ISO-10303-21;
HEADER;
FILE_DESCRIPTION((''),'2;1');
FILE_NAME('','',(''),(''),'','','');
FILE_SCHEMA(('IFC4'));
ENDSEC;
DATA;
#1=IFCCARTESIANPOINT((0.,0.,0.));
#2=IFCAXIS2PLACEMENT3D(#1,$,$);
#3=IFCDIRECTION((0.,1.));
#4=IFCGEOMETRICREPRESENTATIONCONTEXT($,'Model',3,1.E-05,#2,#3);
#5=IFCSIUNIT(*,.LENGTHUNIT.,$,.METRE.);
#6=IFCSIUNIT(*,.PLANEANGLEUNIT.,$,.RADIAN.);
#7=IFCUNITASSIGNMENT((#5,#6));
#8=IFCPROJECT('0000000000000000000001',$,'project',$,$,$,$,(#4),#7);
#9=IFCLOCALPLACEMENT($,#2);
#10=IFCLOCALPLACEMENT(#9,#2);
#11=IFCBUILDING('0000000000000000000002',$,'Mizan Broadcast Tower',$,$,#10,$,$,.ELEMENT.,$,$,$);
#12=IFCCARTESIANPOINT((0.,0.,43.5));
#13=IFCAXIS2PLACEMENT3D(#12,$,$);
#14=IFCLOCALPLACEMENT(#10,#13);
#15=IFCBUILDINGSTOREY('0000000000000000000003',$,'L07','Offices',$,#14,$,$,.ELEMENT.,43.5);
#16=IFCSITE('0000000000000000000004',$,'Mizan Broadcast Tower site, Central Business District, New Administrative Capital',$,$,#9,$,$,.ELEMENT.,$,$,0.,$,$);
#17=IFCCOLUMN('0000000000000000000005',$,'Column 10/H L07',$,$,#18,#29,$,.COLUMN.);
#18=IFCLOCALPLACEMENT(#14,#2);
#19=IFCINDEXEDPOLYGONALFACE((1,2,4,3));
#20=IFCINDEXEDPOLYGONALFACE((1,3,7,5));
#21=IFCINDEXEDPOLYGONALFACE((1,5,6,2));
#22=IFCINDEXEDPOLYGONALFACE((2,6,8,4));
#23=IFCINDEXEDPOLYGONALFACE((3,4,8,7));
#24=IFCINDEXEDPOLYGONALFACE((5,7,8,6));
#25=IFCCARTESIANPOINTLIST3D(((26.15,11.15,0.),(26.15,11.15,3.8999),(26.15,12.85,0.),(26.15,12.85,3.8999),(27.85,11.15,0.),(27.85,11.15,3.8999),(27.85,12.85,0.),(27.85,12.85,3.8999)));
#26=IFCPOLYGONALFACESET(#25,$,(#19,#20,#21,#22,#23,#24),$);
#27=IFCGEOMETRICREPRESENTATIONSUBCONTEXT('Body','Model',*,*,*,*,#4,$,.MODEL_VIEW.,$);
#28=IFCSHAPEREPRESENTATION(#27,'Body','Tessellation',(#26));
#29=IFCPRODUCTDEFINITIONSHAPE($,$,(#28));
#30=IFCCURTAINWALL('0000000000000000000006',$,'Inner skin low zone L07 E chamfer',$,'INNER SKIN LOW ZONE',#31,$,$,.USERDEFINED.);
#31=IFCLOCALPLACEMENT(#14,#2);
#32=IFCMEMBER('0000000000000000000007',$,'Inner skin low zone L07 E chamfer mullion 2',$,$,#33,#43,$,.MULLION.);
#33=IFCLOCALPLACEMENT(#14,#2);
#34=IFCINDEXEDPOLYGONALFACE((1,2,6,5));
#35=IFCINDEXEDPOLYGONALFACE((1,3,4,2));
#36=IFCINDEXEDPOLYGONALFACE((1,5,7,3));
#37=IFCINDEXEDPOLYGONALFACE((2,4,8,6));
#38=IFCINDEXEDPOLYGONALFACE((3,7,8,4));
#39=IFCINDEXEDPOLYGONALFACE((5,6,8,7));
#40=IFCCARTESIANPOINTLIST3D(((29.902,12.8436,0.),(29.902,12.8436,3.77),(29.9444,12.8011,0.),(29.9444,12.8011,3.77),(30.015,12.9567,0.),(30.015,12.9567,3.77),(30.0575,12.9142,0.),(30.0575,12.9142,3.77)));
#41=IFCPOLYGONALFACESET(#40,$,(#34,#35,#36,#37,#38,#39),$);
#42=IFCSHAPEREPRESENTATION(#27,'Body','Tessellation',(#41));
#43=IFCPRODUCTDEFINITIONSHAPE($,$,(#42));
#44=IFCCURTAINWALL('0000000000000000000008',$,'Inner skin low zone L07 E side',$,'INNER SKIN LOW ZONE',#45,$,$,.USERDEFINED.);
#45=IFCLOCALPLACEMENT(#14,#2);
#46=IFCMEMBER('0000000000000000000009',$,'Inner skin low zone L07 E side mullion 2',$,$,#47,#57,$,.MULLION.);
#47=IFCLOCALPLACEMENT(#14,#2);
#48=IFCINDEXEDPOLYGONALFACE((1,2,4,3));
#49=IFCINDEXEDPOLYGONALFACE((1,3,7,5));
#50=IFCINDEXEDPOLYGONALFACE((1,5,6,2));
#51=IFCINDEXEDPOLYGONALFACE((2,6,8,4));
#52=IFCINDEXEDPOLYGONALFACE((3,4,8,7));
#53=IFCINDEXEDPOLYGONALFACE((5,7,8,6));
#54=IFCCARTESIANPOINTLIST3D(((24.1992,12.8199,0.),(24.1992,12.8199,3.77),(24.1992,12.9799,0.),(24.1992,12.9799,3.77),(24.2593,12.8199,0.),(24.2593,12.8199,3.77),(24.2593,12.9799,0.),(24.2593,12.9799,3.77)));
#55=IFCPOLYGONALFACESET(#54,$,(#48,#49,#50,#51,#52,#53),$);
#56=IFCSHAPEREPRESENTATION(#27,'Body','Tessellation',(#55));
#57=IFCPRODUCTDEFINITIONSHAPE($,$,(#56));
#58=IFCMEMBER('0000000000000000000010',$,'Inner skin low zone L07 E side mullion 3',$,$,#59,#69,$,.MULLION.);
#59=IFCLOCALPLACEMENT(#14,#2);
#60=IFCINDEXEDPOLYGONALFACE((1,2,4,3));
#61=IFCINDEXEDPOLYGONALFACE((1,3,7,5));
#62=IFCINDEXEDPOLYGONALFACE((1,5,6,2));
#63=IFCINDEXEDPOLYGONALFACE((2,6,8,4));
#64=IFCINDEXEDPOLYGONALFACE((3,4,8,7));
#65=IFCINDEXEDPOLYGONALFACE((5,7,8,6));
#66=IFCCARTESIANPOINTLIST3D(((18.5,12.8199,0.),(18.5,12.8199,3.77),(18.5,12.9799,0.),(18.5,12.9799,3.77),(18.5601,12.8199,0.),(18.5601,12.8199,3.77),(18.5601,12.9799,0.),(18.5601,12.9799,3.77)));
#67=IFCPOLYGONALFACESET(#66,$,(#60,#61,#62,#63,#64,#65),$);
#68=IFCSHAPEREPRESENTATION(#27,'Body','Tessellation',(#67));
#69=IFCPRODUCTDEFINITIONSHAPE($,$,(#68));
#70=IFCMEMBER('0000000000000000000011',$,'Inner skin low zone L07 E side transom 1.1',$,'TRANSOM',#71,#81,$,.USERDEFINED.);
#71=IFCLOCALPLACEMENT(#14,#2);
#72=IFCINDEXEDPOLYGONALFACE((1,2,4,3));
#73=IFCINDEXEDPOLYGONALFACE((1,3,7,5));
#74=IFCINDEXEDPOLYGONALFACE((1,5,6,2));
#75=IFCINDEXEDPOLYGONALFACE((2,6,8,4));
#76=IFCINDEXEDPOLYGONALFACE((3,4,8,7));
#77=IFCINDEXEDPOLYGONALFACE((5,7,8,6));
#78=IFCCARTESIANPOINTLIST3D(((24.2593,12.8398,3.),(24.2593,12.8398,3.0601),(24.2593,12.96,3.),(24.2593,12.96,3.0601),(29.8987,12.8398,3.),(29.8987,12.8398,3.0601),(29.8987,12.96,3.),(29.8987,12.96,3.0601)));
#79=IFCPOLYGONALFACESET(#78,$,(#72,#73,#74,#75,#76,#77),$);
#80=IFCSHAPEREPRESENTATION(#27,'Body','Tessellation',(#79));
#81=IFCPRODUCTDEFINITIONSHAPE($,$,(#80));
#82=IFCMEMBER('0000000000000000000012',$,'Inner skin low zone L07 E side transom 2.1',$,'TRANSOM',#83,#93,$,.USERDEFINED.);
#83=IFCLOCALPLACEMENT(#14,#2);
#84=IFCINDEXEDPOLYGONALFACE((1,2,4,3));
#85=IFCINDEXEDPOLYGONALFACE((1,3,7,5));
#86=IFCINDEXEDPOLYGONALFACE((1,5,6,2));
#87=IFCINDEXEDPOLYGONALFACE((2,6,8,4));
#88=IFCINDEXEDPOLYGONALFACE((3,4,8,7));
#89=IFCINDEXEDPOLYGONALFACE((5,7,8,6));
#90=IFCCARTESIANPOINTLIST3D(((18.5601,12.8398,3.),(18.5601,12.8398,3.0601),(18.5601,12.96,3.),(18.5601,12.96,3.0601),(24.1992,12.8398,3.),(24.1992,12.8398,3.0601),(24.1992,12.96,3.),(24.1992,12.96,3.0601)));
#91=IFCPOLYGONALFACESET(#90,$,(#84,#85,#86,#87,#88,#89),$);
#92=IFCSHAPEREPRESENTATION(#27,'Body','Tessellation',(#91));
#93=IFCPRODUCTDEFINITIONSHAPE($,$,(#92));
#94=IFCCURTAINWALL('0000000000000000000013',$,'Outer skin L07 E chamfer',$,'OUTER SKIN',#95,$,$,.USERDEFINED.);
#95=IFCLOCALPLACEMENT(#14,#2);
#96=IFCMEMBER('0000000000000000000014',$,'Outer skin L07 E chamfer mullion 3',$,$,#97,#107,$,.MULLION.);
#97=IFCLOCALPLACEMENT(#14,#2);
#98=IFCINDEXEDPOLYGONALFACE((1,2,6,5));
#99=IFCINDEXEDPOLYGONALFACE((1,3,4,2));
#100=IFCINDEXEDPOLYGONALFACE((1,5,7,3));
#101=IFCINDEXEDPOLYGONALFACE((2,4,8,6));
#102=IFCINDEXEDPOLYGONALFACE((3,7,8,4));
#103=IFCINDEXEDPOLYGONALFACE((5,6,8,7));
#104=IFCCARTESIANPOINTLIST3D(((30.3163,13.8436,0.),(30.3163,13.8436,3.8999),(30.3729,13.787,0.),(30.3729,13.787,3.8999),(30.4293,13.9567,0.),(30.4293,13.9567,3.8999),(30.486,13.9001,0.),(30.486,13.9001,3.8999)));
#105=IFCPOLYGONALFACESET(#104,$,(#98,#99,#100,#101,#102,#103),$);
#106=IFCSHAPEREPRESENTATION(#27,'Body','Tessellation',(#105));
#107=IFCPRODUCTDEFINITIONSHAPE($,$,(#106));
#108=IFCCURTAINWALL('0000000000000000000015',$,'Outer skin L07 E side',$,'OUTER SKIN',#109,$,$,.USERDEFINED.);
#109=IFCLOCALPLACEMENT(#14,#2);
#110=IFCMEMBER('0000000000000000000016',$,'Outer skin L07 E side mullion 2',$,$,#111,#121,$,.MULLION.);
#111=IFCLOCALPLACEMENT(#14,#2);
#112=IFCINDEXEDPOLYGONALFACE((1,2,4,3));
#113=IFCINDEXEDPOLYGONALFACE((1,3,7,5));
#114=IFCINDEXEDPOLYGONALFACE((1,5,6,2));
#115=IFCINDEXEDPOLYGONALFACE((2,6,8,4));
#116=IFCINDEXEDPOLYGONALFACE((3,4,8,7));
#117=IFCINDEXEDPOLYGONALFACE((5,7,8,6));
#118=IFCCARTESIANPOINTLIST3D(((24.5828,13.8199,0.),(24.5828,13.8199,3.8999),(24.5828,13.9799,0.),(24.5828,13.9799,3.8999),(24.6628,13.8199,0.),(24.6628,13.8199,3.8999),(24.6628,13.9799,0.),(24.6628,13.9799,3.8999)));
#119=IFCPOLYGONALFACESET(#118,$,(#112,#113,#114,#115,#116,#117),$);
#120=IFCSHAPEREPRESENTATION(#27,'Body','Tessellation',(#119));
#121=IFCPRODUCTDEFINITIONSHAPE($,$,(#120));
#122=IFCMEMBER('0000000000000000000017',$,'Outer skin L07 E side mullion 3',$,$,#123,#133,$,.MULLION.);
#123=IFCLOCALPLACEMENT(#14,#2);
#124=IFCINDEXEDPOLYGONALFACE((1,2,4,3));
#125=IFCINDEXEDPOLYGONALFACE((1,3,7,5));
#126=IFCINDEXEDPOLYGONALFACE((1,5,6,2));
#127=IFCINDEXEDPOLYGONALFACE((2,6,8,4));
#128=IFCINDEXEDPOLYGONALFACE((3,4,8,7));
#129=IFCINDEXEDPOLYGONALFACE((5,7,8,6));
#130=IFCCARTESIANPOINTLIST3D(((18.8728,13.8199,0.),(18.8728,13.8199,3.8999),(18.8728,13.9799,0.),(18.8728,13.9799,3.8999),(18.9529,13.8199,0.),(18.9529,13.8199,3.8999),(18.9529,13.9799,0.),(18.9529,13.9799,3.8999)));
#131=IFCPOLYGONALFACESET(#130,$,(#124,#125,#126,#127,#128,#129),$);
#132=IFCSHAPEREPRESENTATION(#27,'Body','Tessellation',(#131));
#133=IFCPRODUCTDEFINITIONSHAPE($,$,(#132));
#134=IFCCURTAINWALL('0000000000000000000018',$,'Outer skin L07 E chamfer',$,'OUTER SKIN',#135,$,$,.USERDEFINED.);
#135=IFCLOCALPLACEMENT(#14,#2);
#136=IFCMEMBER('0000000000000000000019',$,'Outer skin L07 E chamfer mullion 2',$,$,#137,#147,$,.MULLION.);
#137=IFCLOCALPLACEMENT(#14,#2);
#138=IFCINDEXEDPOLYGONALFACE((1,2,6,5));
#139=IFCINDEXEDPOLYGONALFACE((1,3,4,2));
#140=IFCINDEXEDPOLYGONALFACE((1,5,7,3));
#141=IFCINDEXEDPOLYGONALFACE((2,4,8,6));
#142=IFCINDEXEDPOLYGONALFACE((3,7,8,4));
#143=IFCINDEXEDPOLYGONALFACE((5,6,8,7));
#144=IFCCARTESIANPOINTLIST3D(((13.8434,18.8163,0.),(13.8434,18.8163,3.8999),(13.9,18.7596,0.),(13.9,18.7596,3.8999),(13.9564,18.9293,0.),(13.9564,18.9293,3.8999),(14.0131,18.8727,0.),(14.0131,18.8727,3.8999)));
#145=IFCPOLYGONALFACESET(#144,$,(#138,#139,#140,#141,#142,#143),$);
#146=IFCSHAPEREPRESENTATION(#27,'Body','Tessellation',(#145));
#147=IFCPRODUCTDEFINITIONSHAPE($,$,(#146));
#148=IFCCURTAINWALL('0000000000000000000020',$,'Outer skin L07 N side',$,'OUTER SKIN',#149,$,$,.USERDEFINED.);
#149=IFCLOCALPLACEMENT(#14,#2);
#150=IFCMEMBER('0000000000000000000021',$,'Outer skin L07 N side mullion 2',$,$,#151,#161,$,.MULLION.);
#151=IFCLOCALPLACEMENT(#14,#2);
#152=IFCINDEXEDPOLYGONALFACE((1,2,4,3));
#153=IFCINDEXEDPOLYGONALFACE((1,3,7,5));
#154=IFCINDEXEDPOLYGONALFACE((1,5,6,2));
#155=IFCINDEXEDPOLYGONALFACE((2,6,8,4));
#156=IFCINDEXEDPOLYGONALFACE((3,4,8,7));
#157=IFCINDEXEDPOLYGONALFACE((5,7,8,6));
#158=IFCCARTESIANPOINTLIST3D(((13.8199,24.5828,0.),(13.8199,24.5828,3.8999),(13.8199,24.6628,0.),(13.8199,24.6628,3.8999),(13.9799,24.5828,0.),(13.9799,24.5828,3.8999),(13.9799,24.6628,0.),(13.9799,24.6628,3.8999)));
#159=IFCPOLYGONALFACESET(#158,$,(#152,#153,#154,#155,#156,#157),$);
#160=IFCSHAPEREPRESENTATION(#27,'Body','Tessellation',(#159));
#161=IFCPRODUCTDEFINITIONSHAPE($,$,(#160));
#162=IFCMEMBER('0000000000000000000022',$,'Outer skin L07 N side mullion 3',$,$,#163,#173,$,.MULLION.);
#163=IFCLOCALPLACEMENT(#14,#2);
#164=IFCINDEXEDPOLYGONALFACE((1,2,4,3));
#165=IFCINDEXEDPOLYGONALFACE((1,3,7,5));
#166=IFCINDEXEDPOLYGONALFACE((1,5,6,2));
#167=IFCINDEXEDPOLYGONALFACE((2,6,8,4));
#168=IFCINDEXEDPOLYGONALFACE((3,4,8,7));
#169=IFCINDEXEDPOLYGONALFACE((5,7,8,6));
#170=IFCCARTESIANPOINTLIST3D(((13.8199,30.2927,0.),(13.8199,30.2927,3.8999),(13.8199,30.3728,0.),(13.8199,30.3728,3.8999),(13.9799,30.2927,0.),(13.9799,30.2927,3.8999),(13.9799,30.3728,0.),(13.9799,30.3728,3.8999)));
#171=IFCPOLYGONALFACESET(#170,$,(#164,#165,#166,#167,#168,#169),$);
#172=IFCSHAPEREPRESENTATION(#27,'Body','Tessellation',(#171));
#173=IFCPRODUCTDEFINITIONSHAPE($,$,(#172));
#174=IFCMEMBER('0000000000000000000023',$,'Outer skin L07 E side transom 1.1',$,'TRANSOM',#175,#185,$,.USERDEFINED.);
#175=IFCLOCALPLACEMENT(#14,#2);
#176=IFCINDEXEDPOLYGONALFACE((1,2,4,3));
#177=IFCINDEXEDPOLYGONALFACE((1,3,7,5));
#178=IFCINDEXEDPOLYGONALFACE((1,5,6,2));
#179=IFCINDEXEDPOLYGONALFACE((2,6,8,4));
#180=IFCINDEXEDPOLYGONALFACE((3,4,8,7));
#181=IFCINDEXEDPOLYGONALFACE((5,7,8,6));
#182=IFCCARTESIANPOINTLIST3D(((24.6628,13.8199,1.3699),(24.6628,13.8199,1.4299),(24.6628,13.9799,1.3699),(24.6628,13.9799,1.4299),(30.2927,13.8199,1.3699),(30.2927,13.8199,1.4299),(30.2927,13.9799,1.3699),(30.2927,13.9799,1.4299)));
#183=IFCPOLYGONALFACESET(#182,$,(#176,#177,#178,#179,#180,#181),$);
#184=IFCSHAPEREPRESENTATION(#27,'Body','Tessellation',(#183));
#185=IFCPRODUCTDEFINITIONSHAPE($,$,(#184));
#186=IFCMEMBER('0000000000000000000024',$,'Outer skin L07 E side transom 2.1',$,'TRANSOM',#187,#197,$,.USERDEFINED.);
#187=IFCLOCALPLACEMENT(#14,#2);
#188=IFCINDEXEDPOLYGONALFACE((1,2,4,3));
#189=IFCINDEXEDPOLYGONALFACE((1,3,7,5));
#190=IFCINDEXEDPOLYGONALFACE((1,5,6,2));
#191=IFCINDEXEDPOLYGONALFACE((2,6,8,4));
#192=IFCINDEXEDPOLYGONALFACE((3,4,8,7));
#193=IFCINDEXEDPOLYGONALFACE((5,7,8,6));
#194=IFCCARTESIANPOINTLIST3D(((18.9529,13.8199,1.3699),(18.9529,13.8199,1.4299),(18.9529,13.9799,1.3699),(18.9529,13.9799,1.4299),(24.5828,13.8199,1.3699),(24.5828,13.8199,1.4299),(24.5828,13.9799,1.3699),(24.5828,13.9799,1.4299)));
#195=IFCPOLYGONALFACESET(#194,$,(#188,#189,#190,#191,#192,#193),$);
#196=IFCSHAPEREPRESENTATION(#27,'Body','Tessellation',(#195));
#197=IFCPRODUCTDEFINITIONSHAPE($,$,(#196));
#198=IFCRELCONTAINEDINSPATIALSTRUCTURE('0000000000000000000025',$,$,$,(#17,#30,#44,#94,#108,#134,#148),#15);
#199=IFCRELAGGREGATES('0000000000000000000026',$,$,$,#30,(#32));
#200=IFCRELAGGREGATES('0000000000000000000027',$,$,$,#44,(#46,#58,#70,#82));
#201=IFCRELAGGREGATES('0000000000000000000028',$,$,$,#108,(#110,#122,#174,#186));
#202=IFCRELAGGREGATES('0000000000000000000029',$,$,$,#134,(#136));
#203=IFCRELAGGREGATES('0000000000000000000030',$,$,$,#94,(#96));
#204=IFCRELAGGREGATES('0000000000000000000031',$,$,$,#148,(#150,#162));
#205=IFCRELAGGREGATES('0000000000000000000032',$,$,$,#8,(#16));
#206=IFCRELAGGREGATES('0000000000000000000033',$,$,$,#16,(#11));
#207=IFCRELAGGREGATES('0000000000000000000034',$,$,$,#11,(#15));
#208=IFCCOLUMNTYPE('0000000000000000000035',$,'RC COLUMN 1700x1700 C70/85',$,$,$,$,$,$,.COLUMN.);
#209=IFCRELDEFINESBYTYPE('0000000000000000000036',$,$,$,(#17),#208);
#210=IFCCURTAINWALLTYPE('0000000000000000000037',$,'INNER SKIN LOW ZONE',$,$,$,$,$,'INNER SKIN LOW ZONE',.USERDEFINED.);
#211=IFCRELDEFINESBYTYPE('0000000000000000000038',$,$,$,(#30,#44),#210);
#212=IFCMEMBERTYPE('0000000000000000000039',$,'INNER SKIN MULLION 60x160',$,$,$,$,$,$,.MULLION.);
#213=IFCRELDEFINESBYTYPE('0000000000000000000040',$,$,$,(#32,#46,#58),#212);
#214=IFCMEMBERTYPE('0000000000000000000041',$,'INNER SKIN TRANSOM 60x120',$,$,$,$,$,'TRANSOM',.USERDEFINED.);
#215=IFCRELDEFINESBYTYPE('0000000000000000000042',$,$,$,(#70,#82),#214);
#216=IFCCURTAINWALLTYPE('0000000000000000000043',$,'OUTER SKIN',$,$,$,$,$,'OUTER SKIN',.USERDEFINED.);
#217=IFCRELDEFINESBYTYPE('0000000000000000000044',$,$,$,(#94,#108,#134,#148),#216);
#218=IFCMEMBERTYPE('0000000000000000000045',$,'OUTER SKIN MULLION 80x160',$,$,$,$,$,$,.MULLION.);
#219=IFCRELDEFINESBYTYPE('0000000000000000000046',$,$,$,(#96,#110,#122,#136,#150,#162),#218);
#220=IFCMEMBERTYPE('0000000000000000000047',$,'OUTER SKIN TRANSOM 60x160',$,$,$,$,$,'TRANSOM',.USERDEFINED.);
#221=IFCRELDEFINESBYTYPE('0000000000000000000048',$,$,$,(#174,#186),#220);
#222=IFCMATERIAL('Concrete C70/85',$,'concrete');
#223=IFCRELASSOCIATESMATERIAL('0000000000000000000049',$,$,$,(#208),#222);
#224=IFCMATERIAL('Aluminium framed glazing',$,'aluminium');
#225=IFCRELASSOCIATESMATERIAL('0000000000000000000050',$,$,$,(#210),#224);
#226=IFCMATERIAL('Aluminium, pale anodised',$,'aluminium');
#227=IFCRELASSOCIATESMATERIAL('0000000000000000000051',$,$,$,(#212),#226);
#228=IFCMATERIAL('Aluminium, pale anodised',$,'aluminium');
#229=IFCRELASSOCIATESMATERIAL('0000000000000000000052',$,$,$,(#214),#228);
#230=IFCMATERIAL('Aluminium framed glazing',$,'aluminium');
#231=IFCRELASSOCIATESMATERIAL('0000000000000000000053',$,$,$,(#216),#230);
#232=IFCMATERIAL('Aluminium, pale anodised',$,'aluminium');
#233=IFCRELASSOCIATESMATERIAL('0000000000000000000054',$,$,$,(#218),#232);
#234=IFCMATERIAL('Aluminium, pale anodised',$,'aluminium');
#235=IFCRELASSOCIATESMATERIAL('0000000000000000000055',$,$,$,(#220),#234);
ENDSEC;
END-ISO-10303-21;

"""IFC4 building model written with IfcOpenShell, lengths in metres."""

from ifc_helpers import new_model, si_unit, direction, frame, origin, origin_2d, place, context, subcontext, project, spatial, rectangle, extrude, material, material_profile, profile_set, type_object, element, aggregate, save


model = new_model("IFC4")

# Units and contexts
model_context = context("Model", 3, precision=1e-05, world=origin(), true_north=direction((0.0, 1.0)))
body_context = subcontext(model_context, "Body", "Model", "MODEL_VIEW")
ifc_project = project(units=[si_unit("LENGTHUNIT", "METRE"), si_unit("PLANEANGLEUNIT", "RADIAN")], contexts=[model_context])

# Site, building, storey
site_placement = place(None, origin())
site = spatial("IfcSite", under=ifc_project, at=site_placement, Name="Mizan Broadcast Tower site, Central Business District, New Administrative Capital", CompositionType="ELEMENT", RefElevation=0.0)
building_placement = place(site_placement, origin())
building = spatial("IfcBuilding", under=site, at=building_placement, Name="Mizan Broadcast Tower", CompositionType="ELEMENT")
storey_placement = place(building_placement, frame((0.0, 0.0, 43.5)))
storey = spatial("IfcBuildingStorey", under=building, at=storey_placement, Name="L07", Description="Offices", CompositionType="ELEMENT", Elevation=43.5)

# Column
ifc_material_1 = material(Name="Concrete C70/85", Category="concrete")
ifc_material_profile_1 = material_profile(ifc_material_1, rectangle(XDim=1.7, YDim=1.7, at=origin_2d()), Name="RC 1700x1700")
ifc_profile_set_1 = profile_set([ifc_material_profile_1], Name="Concrete C70/85")
column_type = type_object("IfcColumnType", Name="RC COLUMN 1700x1700 C70/85", PredefinedType="COLUMN", material=ifc_profile_set_1)
column_placement = place(storey_placement, frame((27.0, 12.0, 0.0), z_axis=(0.0, 0.0, 1.0), x_axis=(1.0, 0.0, 0.0)))
element("IfcColumn", 1, at=column_placement, inside=storey, type_object=column_type, Name="Column 10/H L07", PredefinedType="COLUMN", context=body_context, shape_type="SweptSolid", body=[
    extrude(rectangle(XDim=1.7, YDim=1.7, at=origin_2d()), origin(), (0.0, 0.0, 1.0), 3.8999),
])

# Curtain wall, member
ifc_material_2 = material(Name="Aluminium framed glazing", Category="aluminium")
curtain_wall_type_1 = type_object("IfcCurtainWallType", Name="INNER SKIN LOW ZONE", ElementType="INNER SKIN LOW ZONE", PredefinedType="USERDEFINED", material=ifc_material_2)
curtain_wall_1_placement = place(storey_placement, origin())
curtain_wall_1 = element("IfcCurtainWall", 2, at=curtain_wall_1_placement, inside=storey, type_object=curtain_wall_type_1, Name="Inner skin low zone L07 E chamfer", ObjectType="INNER SKIN LOW ZONE", PredefinedType="USERDEFINED")
ifc_material_3 = material(Name="Aluminium, pale anodised", Category="aluminium")
ifc_material_profile_2 = material_profile(ifc_material_3, rectangle(XDim=0.1599, YDim=0.0601, at=origin_2d()), Name="MULLION 160x60")
ifc_profile_set_2 = profile_set([ifc_material_profile_2], Name="Aluminium, pale anodised")
member_type_1 = type_object("IfcMemberType", Name="INNER SKIN MULLION 60x160", PredefinedType="MULLION", material=ifc_profile_set_2)
member_1_placement = place(storey_placement, frame((29.9797, 12.8789, 0.0), z_axis=(0.0, 0.0, 1.0), x_axis=(-0.707107, -0.707107, 0.0)))
member_1 = element("IfcMember", 3, at=member_1_placement, type_object=member_type_1, Name="Inner skin low zone L07 E chamfer mullion 2", PredefinedType="MULLION", context=body_context, shape_type="SweptSolid", body=[
    extrude(rectangle(XDim=0.1599, YDim=0.0601, at=origin_2d()), origin(), (0.0, 0.0, 1.0), 3.77),
])
aggregate(curtain_wall_1, [member_1])

# Curtain wall, members
curtain_wall_2_placement = place(storey_placement, origin())
curtain_wall_2 = element("IfcCurtainWall", 4, at=curtain_wall_2_placement, inside=storey, type_object=curtain_wall_type_1, Name="Inner skin low zone L07 E side", ObjectType="INNER SKIN LOW ZONE", PredefinedType="USERDEFINED")
member_2_placement = place(storey_placement, frame((24.2292, 12.8999, 0.0), z_axis=(0.0, 0.0, 1.0), x_axis=(0.0, -1.0, 0.0)))
member_2 = element("IfcMember", 5, at=member_2_placement, type_object=member_type_1, Name="Inner skin low zone L07 E side mullion 2", PredefinedType="MULLION", context=body_context, shape_type="SweptSolid", body=[
    extrude(rectangle(XDim=0.1599, YDim=0.0601, at=origin_2d()), origin(), (0.0, 0.0, 1.0), 3.77),
])
member_3_placement = place(storey_placement, frame((18.53, 12.8999, 0.0), z_axis=(0.0, 0.0, 1.0), x_axis=(0.0, -1.0, 0.0)))
member_3 = element("IfcMember", 6, at=member_3_placement, type_object=member_type_1, Name="Inner skin low zone L07 E side mullion 3", PredefinedType="MULLION", context=body_context, shape_type="SweptSolid", body=[
    extrude(rectangle(XDim=0.1599, YDim=0.0601, at=origin_2d()), origin(), (0.0, 0.0, 1.0), 3.77),
])
ifc_material_4 = material(Name="Aluminium, pale anodised", Category="aluminium")
ifc_material_profile_3 = material_profile(ifc_material_4, rectangle(XDim=0.1201, YDim=0.0601, at=origin_2d()), Name="TRANSOM 120x60")
ifc_profile_set_3 = profile_set([ifc_material_profile_3], Name="Aluminium, pale anodised")
member_type_2 = type_object("IfcMemberType", Name="INNER SKIN TRANSOM 60x120", ElementType="TRANSOM", PredefinedType="USERDEFINED", material=ifc_profile_set_3)
member_4_placement = place(storey_placement, frame((29.8987, 12.8999, 3.03), z_axis=(-1.0, 0.0, 0.0), x_axis=(0.0, -1.0, 0.0)))
member_4 = element("IfcMember", 7, at=member_4_placement, type_object=member_type_2, Name="Inner skin low zone L07 E side transom 1.1", ObjectType="TRANSOM", PredefinedType="USERDEFINED", context=body_context, shape_type="SweptSolid", body=[
    extrude(rectangle(XDim=0.1201, YDim=0.0601, at=origin_2d()), origin(), (0.0, 0.0, 1.0), 5.6394),
])
member_5_placement = place(storey_placement, frame((24.1992, 12.8999, 3.03), z_axis=(-1.0, 0.0, 0.0), x_axis=(0.0, -1.0, 0.0)))
member_5 = element("IfcMember", 8, at=member_5_placement, type_object=member_type_2, Name="Inner skin low zone L07 E side transom 2.1", ObjectType="TRANSOM", PredefinedType="USERDEFINED", context=body_context, shape_type="SweptSolid", body=[
    extrude(rectangle(XDim=0.1201, YDim=0.0601, at=origin_2d()), origin(), (0.0, 0.0, 1.0), 5.6392),
])

# Curtain wall, member
ifc_material_5 = material(Name="Aluminium framed glazing", Category="aluminium")
curtain_wall_type_2 = type_object("IfcCurtainWallType", Name="OUTER SKIN", ElementType="OUTER SKIN", PredefinedType="USERDEFINED", material=ifc_material_5)
curtain_wall_3_placement = place(storey_placement, origin())
curtain_wall_3 = element("IfcCurtainWall", 9, at=curtain_wall_3_placement, inside=storey, type_object=curtain_wall_type_2, Name="Outer skin L07 E chamfer", ObjectType="OUTER SKIN", PredefinedType="USERDEFINED")
ifc_material_6 = material(Name="Aluminium, pale anodised", Category="aluminium")
ifc_material_profile_4 = material_profile(ifc_material_6, rectangle(XDim=0.1599, YDim=0.0801, at=origin_2d()), Name="MULLION 160x80")
ifc_profile_set_4 = profile_set([ifc_material_profile_4], Name="Aluminium, pale anodised")
member_type_3 = type_object("IfcMemberType", Name="OUTER SKIN MULLION 80x160", PredefinedType="MULLION", material=ifc_profile_set_4)
member_6_placement = place(storey_placement, frame((30.4011, 13.8718, 0.0), z_axis=(0.0, 0.0, 1.0), x_axis=(-0.707107, -0.707107, 0.0)))
member_6 = element("IfcMember", 10, at=member_6_placement, type_object=member_type_3, Name="Outer skin L07 E chamfer mullion 3", PredefinedType="MULLION", context=body_context, shape_type="SweptSolid", body=[
    extrude(rectangle(XDim=0.1599, YDim=0.0801, at=origin_2d()), origin(), (0.0, 0.0, 1.0), 3.8999),
])

# Curtain wall, members
curtain_wall_4_placement = place(storey_placement, origin())
curtain_wall_4 = element("IfcCurtainWall", 11, at=curtain_wall_4_placement, inside=storey, type_object=curtain_wall_type_2, Name="Outer skin L07 E side", ObjectType="OUTER SKIN", PredefinedType="USERDEFINED")
member_7_placement = place(storey_placement, frame((24.6228, 13.8999, 0.0), z_axis=(0.0, 0.0, 1.0), x_axis=(0.0, -1.0, 0.0)))
member_7 = element("IfcMember", 12, at=member_7_placement, type_object=member_type_3, Name="Outer skin L07 E side mullion 2", PredefinedType="MULLION", context=body_context, shape_type="SweptSolid", body=[
    extrude(rectangle(XDim=0.1599, YDim=0.0801, at=origin_2d()), origin(), (0.0, 0.0, 1.0), 3.8999),
])
member_8_placement = place(storey_placement, frame((18.9128, 13.8999, 0.0), z_axis=(0.0, 0.0, 1.0), x_axis=(0.0, -1.0, 0.0)))
member_8 = element("IfcMember", 13, at=member_8_placement, type_object=member_type_3, Name="Outer skin L07 E side mullion 3", PredefinedType="MULLION", context=body_context, shape_type="SweptSolid", body=[
    extrude(rectangle(XDim=0.1599, YDim=0.0801, at=origin_2d()), origin(), (0.0, 0.0, 1.0), 3.8999),
])

# Curtain wall, member
curtain_wall_5_placement = place(storey_placement, origin())
curtain_wall_5 = element("IfcCurtainWall", 14, at=curtain_wall_5_placement, inside=storey, type_object=curtain_wall_type_2, Name="Outer skin L07 E chamfer", ObjectType="OUTER SKIN", PredefinedType="USERDEFINED")
member_9_placement = place(storey_placement, frame((13.9282, 18.8445, 0.0), z_axis=(0.0, 0.0, 1.0), x_axis=(-0.707107, -0.707107, 0.0)))
member_9 = element("IfcMember", 15, at=member_9_placement, type_object=member_type_3, Name="Outer skin L07 E chamfer mullion 2", PredefinedType="MULLION", context=body_context, shape_type="SweptSolid", body=[
    extrude(rectangle(XDim=0.1599, YDim=0.0801, at=origin_2d()), origin(), (0.0, 0.0, 1.0), 3.8999),
])

# Curtain wall, members
curtain_wall_6_placement = place(storey_placement, origin())
curtain_wall_6 = element("IfcCurtainWall", 16, at=curtain_wall_6_placement, inside=storey, type_object=curtain_wall_type_2, Name="Outer skin L07 N side", ObjectType="OUTER SKIN", PredefinedType="USERDEFINED")
member_10_placement = place(storey_placement, frame((13.8999, 24.6228, 0.0), z_axis=(0.0, 0.0, 1.0), x_axis=(-1.0, 0.0, 0.0)))
member_10 = element("IfcMember", 17, at=member_10_placement, type_object=member_type_3, Name="Outer skin L07 N side mullion 2", PredefinedType="MULLION", context=body_context, shape_type="SweptSolid", body=[
    extrude(rectangle(XDim=0.1599, YDim=0.0801, at=origin_2d()), origin(), (0.0, 0.0, 1.0), 3.8999),
])
member_11_placement = place(storey_placement, frame((13.8999, 30.3328, 0.0), z_axis=(0.0, 0.0, 1.0), x_axis=(-1.0, 0.0, 0.0)))
member_11 = element("IfcMember", 18, at=member_11_placement, type_object=member_type_3, Name="Outer skin L07 N side mullion 3", PredefinedType="MULLION", context=body_context, shape_type="SweptSolid", body=[
    extrude(rectangle(XDim=0.1599, YDim=0.0801, at=origin_2d()), origin(), (0.0, 0.0, 1.0), 3.8999),
])

# Members
ifc_material_7 = material(Name="Aluminium, pale anodised", Category="aluminium")
ifc_material_profile_5 = material_profile(ifc_material_7, rectangle(XDim=0.1599, YDim=0.0601, at=origin_2d()), Name="TRANSOM 160x60")
ifc_profile_set_5 = profile_set([ifc_material_profile_5], Name="Aluminium, pale anodised")
member_type_4 = type_object("IfcMemberType", Name="OUTER SKIN TRANSOM 60x160", ElementType="TRANSOM", PredefinedType="USERDEFINED", material=ifc_profile_set_5)
member_12_placement = place(storey_placement, frame((30.2927, 13.8999, 1.3999), z_axis=(-1.0, 0.0, 0.0), x_axis=(0.0, -1.0, 0.0)))
member_12 = element("IfcMember", 19, at=member_12_placement, type_object=member_type_4, Name="Outer skin L07 E side transom 1.1", ObjectType="TRANSOM", PredefinedType="USERDEFINED", context=body_context, shape_type="SweptSolid", body=[
    extrude(rectangle(XDim=0.1599, YDim=0.0601, at=origin_2d()), origin(), (0.0, 0.0, 1.0), 5.6299),
])
member_13_placement = place(storey_placement, frame((24.5828, 13.8999, 1.3999), z_axis=(-1.0, 0.0, 0.0), x_axis=(0.0, -1.0, 0.0)))
member_13 = element("IfcMember", 20, at=member_13_placement, type_object=member_type_4, Name="Outer skin L07 E side transom 2.1", ObjectType="TRANSOM", PredefinedType="USERDEFINED", context=body_context, shape_type="SweptSolid", body=[
    extrude(rectangle(XDim=0.1599, YDim=0.0601, at=origin_2d()), origin(), (0.0, 0.0, 1.0), 5.6299),
])

aggregate(curtain_wall_2, [member_2, member_3, member_4, member_5])
aggregate(curtain_wall_4, [member_7, member_8, member_12, member_13])
aggregate(curtain_wall_5, [member_9])
aggregate(curtain_wall_3, [member_6])
aggregate(curtain_wall_6, [member_10, member_11])

save(model, "model.ifc")
